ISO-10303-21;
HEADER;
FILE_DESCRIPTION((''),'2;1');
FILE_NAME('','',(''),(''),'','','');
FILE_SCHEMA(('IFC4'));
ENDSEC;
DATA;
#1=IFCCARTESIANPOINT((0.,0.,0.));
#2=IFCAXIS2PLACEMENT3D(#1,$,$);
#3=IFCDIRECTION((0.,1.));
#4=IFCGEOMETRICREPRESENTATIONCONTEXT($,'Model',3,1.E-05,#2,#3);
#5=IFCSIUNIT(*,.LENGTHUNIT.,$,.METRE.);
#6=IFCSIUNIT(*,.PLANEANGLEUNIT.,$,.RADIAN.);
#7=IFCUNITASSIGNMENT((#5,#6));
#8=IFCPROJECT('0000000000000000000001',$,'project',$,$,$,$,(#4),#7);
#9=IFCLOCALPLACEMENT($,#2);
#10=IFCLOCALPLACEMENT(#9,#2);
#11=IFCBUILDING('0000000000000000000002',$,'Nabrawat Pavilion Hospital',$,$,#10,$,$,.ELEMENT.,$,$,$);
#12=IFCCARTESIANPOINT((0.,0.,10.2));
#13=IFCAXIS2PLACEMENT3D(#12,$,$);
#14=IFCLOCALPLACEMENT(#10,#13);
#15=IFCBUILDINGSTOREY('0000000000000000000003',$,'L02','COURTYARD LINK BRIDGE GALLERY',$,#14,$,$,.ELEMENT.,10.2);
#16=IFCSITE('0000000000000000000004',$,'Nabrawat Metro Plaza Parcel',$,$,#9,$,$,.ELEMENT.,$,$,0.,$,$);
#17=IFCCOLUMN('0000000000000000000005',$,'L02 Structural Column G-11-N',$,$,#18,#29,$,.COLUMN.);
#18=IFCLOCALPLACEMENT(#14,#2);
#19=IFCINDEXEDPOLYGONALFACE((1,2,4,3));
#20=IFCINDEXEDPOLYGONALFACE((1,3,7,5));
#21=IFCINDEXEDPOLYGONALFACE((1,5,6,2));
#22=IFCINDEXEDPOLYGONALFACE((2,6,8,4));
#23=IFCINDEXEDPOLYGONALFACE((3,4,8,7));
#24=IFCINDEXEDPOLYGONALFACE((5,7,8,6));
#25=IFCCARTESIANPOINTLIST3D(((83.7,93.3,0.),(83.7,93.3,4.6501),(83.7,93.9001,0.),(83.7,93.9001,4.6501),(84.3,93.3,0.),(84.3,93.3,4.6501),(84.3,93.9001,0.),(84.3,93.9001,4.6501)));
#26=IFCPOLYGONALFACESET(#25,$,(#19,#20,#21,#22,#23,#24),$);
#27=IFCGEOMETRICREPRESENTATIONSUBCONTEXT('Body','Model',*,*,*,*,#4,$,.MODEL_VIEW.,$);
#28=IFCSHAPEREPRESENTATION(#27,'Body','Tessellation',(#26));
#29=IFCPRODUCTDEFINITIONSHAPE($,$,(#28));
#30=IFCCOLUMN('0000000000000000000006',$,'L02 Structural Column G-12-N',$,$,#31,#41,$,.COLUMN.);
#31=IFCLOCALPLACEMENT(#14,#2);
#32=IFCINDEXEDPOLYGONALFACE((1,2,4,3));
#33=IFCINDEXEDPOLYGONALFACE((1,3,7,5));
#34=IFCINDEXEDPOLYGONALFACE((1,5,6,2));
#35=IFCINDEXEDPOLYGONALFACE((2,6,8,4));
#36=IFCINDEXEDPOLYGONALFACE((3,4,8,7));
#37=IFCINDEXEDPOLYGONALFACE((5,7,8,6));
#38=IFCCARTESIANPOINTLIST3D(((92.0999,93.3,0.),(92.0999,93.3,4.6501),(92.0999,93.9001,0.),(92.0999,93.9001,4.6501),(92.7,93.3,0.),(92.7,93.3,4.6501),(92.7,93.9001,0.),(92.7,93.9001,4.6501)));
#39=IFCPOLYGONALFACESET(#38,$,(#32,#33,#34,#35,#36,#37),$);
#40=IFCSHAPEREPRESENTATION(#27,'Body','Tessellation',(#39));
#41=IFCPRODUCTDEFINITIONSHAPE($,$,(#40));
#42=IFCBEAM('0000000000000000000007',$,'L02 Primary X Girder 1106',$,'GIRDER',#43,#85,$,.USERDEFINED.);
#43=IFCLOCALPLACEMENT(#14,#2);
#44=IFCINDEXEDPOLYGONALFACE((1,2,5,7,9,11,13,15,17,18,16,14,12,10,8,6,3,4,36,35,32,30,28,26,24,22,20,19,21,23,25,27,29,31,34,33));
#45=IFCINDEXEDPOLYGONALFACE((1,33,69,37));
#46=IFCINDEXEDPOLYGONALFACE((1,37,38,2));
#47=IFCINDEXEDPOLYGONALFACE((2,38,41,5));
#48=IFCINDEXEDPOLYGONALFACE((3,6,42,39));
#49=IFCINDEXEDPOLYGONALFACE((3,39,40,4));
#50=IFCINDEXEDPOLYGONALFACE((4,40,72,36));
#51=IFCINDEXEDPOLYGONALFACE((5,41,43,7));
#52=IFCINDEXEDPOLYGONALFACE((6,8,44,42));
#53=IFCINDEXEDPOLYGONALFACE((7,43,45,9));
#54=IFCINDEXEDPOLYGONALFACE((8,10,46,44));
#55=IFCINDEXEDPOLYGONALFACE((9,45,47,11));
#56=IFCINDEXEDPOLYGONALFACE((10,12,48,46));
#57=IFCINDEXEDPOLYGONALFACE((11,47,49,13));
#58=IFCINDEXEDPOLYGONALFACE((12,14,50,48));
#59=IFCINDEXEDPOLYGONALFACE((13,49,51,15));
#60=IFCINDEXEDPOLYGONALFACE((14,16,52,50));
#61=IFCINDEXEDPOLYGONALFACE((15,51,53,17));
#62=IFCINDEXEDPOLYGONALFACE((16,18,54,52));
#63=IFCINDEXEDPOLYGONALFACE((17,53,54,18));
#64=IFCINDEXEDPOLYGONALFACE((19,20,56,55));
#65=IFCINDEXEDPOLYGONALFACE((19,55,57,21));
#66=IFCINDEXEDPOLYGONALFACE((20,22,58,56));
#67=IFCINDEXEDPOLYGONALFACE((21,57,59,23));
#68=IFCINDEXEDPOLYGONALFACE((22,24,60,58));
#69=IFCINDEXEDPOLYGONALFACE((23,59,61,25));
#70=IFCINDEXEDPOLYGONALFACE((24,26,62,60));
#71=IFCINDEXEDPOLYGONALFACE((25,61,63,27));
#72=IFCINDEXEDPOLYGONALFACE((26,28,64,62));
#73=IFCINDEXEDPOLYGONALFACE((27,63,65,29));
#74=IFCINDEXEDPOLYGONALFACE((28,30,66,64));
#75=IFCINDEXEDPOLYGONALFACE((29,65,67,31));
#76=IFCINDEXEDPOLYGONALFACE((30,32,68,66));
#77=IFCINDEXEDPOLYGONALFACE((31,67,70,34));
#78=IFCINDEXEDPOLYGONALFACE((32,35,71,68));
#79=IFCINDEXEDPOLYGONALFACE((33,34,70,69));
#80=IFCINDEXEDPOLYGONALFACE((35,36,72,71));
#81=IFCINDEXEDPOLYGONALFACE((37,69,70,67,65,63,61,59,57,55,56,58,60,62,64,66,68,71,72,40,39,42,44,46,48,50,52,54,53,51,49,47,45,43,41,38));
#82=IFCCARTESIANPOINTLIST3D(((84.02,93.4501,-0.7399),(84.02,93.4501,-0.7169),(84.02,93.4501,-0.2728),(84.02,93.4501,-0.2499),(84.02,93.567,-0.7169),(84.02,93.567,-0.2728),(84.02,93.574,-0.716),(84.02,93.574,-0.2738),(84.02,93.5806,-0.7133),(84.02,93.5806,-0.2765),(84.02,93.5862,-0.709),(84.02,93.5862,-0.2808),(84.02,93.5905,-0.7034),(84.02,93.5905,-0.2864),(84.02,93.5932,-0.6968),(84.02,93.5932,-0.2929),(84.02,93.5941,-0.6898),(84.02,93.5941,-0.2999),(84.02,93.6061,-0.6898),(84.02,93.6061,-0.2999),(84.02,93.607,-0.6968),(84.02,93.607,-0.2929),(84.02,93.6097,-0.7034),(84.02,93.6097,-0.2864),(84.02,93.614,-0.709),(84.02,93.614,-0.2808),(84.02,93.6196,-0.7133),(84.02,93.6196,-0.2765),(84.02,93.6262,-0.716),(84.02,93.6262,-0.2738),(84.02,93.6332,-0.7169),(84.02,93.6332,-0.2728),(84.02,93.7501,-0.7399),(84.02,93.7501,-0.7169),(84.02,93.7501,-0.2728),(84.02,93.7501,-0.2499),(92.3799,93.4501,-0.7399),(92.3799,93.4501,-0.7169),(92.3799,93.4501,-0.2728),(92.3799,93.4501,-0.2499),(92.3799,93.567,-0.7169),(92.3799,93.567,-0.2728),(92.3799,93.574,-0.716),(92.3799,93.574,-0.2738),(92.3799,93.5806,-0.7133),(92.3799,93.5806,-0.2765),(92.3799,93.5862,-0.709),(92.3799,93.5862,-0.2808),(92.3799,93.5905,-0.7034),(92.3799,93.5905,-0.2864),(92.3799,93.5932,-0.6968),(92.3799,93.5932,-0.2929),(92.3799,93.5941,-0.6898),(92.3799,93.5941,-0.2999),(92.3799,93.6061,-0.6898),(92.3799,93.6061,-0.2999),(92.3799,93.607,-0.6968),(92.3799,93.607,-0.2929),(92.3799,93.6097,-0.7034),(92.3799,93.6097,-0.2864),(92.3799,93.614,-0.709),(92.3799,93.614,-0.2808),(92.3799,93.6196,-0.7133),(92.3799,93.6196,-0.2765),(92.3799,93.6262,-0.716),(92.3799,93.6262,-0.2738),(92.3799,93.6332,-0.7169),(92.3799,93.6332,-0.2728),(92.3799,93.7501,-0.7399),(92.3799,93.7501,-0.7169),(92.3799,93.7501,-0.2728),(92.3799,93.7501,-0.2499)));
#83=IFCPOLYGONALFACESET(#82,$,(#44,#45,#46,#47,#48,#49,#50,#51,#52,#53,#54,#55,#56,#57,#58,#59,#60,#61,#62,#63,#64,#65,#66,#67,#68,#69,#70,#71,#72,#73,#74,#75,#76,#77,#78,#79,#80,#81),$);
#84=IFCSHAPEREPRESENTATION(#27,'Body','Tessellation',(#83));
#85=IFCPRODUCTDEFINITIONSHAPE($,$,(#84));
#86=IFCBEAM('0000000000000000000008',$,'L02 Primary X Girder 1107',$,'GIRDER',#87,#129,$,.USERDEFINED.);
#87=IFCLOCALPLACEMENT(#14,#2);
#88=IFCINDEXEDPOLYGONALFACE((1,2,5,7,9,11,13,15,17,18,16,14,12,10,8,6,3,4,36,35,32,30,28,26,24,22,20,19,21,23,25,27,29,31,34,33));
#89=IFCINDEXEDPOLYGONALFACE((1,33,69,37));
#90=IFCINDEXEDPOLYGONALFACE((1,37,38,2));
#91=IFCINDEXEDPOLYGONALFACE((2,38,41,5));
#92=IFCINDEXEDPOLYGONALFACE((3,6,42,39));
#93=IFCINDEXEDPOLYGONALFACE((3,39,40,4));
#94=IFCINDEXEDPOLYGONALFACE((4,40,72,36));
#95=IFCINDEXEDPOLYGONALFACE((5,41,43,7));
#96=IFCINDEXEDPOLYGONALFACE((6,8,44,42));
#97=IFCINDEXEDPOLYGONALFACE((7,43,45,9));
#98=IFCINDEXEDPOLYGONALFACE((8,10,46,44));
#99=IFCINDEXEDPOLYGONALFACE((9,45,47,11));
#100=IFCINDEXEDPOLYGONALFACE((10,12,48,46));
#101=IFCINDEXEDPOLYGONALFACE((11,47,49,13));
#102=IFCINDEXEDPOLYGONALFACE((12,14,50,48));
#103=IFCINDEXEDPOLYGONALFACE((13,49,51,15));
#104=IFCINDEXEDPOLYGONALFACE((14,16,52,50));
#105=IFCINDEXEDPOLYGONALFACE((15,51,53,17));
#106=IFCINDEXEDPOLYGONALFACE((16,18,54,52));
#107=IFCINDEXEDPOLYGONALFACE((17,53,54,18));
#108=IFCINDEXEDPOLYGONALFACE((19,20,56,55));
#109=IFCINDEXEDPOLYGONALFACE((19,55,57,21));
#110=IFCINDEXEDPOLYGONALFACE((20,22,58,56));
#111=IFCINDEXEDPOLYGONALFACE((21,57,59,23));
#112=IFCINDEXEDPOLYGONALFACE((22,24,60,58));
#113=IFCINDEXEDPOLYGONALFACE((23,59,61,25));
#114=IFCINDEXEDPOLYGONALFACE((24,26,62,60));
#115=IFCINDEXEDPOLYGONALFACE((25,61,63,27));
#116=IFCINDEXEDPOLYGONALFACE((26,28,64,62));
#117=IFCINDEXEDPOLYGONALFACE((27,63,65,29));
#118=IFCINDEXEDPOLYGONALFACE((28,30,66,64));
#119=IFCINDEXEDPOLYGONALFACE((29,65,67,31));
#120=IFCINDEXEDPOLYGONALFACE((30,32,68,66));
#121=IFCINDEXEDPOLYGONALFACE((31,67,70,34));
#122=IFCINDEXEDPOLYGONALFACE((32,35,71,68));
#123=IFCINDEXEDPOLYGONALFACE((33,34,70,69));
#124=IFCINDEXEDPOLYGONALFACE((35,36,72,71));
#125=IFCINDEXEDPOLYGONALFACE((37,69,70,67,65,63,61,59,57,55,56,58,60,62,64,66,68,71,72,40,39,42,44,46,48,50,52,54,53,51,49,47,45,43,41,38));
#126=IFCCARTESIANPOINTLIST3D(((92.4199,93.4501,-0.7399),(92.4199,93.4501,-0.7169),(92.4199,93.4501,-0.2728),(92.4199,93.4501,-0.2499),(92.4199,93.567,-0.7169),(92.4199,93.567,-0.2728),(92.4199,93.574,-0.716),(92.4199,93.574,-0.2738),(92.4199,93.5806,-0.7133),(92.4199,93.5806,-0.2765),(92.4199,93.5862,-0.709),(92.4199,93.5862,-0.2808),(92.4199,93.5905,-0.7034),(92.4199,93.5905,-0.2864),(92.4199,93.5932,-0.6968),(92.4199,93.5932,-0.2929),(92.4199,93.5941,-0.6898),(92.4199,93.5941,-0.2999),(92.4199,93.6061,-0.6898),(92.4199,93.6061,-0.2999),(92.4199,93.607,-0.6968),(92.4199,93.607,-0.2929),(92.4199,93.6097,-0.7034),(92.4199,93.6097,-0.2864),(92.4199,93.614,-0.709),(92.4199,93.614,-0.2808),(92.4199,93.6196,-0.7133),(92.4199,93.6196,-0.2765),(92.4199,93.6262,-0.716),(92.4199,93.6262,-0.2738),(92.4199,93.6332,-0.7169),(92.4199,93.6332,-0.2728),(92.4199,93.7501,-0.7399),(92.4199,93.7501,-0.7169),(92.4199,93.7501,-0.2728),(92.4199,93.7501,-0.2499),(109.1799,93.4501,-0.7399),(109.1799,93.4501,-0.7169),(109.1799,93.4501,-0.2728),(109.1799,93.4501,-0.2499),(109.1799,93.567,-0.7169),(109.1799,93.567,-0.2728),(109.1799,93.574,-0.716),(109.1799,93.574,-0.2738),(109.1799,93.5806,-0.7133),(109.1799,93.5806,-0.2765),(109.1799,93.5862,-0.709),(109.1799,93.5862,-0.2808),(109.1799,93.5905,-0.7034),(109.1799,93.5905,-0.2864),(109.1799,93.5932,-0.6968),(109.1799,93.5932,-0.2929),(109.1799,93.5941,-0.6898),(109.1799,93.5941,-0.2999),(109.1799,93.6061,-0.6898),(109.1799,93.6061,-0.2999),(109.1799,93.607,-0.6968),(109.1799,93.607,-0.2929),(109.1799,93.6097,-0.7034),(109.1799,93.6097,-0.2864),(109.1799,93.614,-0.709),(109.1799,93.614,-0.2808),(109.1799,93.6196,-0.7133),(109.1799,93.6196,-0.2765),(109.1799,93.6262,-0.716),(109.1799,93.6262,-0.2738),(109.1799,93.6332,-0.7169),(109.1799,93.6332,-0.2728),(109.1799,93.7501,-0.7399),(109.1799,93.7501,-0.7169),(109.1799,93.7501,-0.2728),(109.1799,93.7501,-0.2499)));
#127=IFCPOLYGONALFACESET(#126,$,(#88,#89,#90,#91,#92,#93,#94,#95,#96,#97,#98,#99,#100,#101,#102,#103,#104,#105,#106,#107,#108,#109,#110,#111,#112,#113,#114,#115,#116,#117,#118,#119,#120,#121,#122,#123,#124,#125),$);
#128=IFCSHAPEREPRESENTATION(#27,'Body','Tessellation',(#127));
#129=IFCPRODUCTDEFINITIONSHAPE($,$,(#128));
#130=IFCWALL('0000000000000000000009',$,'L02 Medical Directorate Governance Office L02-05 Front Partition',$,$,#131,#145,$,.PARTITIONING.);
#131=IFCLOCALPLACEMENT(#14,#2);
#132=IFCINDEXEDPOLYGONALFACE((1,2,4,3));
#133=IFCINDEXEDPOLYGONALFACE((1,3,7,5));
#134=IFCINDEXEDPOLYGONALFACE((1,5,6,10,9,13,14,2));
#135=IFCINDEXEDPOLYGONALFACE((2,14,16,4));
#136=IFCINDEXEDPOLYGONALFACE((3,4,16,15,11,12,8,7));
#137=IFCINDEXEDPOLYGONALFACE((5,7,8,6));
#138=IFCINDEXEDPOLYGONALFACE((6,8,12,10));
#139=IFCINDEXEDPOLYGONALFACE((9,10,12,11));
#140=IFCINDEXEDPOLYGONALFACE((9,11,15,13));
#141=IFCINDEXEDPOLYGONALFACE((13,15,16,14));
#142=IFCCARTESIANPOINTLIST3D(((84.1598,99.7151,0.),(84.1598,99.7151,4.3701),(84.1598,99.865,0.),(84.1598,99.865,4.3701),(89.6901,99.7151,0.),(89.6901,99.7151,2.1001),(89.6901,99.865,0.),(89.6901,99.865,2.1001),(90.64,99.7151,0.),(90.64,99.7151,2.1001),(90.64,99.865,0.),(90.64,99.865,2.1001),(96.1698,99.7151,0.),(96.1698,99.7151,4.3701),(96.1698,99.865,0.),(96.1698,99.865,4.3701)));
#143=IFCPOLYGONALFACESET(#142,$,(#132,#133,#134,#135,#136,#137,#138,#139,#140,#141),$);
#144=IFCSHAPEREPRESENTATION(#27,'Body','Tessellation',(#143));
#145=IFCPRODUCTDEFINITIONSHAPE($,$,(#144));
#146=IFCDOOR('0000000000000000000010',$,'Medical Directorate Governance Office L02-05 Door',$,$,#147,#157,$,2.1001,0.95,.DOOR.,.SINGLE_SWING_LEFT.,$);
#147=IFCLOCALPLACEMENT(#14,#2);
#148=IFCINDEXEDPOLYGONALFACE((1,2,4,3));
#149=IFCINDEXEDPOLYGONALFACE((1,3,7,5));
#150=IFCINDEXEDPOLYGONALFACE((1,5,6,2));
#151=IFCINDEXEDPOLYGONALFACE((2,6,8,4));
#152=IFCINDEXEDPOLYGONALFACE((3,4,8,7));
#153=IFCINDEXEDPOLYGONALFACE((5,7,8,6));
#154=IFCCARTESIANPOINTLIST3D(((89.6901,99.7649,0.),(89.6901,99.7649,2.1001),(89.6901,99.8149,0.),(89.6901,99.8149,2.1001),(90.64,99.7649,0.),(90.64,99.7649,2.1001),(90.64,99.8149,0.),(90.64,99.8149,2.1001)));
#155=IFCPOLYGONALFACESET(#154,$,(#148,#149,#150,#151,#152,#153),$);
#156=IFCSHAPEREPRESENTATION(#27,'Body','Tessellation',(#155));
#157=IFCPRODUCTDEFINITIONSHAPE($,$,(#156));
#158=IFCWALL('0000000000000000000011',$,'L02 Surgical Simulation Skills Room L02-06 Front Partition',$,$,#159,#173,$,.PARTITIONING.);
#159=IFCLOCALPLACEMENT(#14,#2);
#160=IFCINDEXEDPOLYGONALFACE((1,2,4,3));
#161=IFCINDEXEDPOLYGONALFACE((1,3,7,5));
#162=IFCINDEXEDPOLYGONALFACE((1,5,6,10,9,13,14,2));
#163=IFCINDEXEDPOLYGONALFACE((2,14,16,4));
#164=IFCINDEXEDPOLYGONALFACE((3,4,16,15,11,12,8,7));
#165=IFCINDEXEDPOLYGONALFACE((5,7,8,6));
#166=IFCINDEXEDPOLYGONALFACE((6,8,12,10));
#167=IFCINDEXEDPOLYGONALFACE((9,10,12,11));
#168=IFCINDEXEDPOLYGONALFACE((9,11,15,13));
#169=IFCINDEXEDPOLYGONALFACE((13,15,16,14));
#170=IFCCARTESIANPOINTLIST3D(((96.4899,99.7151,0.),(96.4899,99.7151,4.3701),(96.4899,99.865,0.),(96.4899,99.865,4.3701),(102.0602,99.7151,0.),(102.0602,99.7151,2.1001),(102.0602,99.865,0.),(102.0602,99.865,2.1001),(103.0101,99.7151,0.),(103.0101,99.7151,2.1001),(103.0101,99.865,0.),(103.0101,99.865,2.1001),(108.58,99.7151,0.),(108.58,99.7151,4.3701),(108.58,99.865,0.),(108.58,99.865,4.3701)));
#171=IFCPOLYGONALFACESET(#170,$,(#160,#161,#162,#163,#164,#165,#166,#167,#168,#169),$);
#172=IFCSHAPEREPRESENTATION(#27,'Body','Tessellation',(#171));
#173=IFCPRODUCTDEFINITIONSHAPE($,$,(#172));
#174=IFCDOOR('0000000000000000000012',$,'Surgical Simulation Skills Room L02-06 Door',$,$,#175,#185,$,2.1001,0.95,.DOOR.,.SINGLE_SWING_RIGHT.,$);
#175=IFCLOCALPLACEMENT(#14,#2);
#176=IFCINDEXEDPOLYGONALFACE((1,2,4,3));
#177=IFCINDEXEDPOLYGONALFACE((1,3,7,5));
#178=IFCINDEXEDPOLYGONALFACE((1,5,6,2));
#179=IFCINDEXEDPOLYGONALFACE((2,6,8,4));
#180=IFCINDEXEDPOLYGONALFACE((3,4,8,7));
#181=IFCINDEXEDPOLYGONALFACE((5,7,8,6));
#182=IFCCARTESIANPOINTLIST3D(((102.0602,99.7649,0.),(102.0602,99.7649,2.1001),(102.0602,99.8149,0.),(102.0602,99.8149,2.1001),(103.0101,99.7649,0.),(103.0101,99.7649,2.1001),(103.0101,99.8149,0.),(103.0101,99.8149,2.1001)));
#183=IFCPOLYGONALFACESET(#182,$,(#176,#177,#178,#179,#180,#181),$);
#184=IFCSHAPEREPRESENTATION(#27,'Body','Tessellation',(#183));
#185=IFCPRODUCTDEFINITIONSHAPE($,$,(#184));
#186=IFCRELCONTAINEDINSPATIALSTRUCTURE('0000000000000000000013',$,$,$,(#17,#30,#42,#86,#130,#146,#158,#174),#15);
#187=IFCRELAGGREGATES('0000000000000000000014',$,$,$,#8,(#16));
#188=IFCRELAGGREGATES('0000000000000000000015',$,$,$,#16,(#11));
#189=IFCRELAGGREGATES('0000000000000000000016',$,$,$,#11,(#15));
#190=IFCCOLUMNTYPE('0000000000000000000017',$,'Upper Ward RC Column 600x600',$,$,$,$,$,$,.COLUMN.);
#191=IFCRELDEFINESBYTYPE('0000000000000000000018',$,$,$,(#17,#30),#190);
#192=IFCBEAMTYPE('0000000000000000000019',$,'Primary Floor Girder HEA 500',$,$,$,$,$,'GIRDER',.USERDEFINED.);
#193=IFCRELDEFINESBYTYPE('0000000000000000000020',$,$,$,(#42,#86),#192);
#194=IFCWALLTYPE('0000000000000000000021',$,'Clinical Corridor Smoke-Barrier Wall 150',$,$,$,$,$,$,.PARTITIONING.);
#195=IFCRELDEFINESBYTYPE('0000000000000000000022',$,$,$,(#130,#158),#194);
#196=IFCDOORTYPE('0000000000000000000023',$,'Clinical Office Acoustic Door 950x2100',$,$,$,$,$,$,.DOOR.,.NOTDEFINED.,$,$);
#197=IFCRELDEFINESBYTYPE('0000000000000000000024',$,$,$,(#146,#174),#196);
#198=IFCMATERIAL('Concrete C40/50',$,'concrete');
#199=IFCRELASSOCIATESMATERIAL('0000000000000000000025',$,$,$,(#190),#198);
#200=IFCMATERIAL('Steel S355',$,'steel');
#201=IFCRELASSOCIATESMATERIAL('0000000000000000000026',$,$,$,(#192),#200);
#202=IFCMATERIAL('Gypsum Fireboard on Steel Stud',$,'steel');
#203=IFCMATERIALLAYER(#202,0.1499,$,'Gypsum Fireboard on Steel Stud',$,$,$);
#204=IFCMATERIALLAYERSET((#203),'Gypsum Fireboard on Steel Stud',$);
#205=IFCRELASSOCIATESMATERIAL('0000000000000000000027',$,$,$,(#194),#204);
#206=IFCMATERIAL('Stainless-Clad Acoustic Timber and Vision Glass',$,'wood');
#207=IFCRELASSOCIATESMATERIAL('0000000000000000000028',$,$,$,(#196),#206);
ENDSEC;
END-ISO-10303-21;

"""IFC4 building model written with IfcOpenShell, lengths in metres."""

from ifc_helpers import new_model, si_unit, direction, frame, frame_2d, origin, origin_2d, place, context, subcontext, project, spatial, rectangle, i_section, extrude, material, layer, layer_set, material_profile, profile_set, type_object, element, fill, save


model = new_model("IFC4")

# Units and contexts
model_context = context("Model", 3, precision=1e-05, world=origin(), true_north=direction((0.0, 1.0)))
body_context = subcontext(model_context, "Body", "Model", "MODEL_VIEW")
ifc_project = project(units=[si_unit("LENGTHUNIT", "METRE"), si_unit("PLANEANGLEUNIT", "RADIAN")], contexts=[model_context])

# Site, building, storey
site_placement = place(None, origin())
site = spatial("IfcSite", under=ifc_project, at=site_placement, Name="Nabrawat Metro Plaza Parcel", CompositionType="ELEMENT", RefElevation=0.0)
building_placement = place(site_placement, origin())
building = spatial("IfcBuilding", under=site, at=building_placement, Name="Nabrawat Pavilion Hospital", CompositionType="ELEMENT")
storey_placement = place(building_placement, frame((0.0, 0.0, 10.2)))
storey = spatial("IfcBuildingStorey", under=building, at=storey_placement, Name="L02", Description="COURTYARD LINK BRIDGE GALLERY", CompositionType="ELEMENT", Elevation=10.2)

# Columns
ifc_material_1 = material(Name="Concrete C40/50", Category="concrete")
ifc_material_profile_1 = material_profile(ifc_material_1, rectangle(XDim=0.6001, YDim=0.6001, at=origin_2d()), Name="RC 600x600")
ifc_profile_set_1 = profile_set([ifc_material_profile_1], Name="Concrete C40/50")
column_type = type_object("IfcColumnType", Name="Upper Ward RC Column 600x600", PredefinedType="COLUMN", material=ifc_profile_set_1)
for number, where, z_axis, x_axis, name in (
    (1, (84.0, 93.6001, 0.0), (0.0, 0.0, 1.0), (1.0, 0.0, 0.0), "L02 Structural Column G-11-N"),
    (2, (92.3999, 93.6001, 0.0), (0.0, 0.0, 1.0), (1.0, 0.0, 0.0), "L02 Structural Column G-12-N"),
):
    element("IfcColumn", number, at=place(storey_placement, frame(where, z_axis=z_axis, x_axis=x_axis)), inside=storey, type_object=column_type, Name=name, PredefinedType="COLUMN", context=body_context, shape_type="SweptSolid", body=[
        extrude(rectangle(XDim=0.6001, YDim=0.6001, at=origin_2d()), origin(), (0.0, 0.0, 1.0), 4.6501),
    ])

# Beams
ifc_material_2 = material(Name="Steel S355", Category="steel")
ifc_material_profile_2 = material_profile(ifc_material_2, i_section(OverallWidth=0.3, OverallDepth=0.49, WebThickness=0.012, FlangeThickness=0.0229, FilletRadius=0.0271, at=origin_2d()), Name="HEA 500")
ifc_profile_set_2 = profile_set([ifc_material_profile_2], Name="Steel S355")
beam_type = type_object("IfcBeamType", Name="Primary Floor Girder HEA 500", ElementType="GIRDER", PredefinedType="USERDEFINED", material=ifc_profile_set_2)
beam_1_placement = place(storey_placement, frame((84.02, 93.6001, -0.4949), z_axis=(1.0, 0.0, 0.0), x_axis=(0.0, 1.0, 0.0)))
element("IfcBeam", 3, at=beam_1_placement, inside=storey, type_object=beam_type, Name="L02 Primary X Girder 1106", ObjectType="GIRDER", PredefinedType="USERDEFINED", context=body_context, shape_type="SweptSolid", body=[
    extrude(i_section(OverallWidth=0.3, OverallDepth=0.49, WebThickness=0.012, FlangeThickness=0.0229, FilletRadius=0.0271, at=origin_2d()), origin(), (0.0, 0.0, 1.0), 8.3599),
])
beam_2_placement = place(storey_placement, frame((92.4199, 93.6001, -0.4949), z_axis=(1.0, 0.0, 0.0), x_axis=(0.0, 1.0, 0.0)))
element("IfcBeam", 4, at=beam_2_placement, inside=storey, type_object=beam_type, Name="L02 Primary X Girder 1107", ObjectType="GIRDER", PredefinedType="USERDEFINED", context=body_context, shape_type="SweptSolid", body=[
    extrude(i_section(OverallWidth=0.3, OverallDepth=0.49, WebThickness=0.012, FlangeThickness=0.0229, FilletRadius=0.0271, at=origin_2d()), origin(), (0.0, 0.0, 1.0), 16.76),
])

# Walls, openings, doors
ifc_material_3 = material(Name="Gypsum Fireboard on Steel Stud", Category="steel")
ifc_layer_1 = layer(ifc_material_3, 0.1499, Name="Gypsum Fireboard on Steel Stud")
ifc_layer_set_1 = layer_set([ifc_layer_1], Name="Gypsum Fireboard on Steel Stud")
wall_type_1 = type_object("IfcWallType", Name="Clinical Corridor Smoke-Barrier Wall 150", PredefinedType="PARTITIONING", material=ifc_layer_set_1)
wall_1_placement = place(storey_placement, frame((84.1599, 99.79, 0.0), z_axis=(0.0, 0.0, 1.0), x_axis=(1.0, 0.0, 0.0)))
wall_1 = element("IfcWall", 5, at=wall_1_placement, inside=storey, type_object=wall_type_1, Name="L02 Medical Directorate Governance Office L02-05 Front Partition", PredefinedType="PARTITIONING", context=body_context, shape_type="SweptSolid", body=[
    extrude(rectangle(XDim=12.01, YDim=0.1499, at=frame_2d((6.0049, 0.0))), origin(), (0.0, 0.0, 1.0), 4.3701),
])
opening_1_placement = place(wall_1_placement, frame((5.53, 0.0, 0.0)))
opening_1 = element("IfcOpeningElement", 6, at=opening_1_placement, cuts=wall_1, PredefinedType="OPENING", context=body_context, shape_type="SweptSolid", body=[
    extrude(rectangle(XDim=0.95, YDim=2.1001, at=frame_2d((0.4751, 1.05))), frame((0.0, 0.085, 0.0), z_axis=(0.0, -1.0, 0.0), x_axis=(1.0, 0.0, 0.0)), (0.0, 0.0, 1.0), 0.1699),
])
ifc_material_4 = material(Name="Stainless-Clad Acoustic Timber and Vision Glass", Category="wood")
door_type_1 = type_object("IfcDoorType", Name="Clinical Office Acoustic Door 950x2100", OperationType="NOTDEFINED", PredefinedType="DOOR", material=ifc_material_4)
door_1_placement = place(opening_1_placement, origin())
door_1 = element("IfcDoor", 7, at=door_1_placement, inside=storey, type_object=door_type_1, Name="Medical Directorate Governance Office L02-05 Door", OperationType="SINGLE_SWING_LEFT", OverallHeight=2.1001, OverallWidth=0.95, PredefinedType="DOOR", context=body_context, shape_type="SweptSolid", body=[
    extrude(rectangle(XDim=0.95, YDim=2.1001, at=frame_2d((0.4751, 1.05))), frame((0.0, 0.0249, 0.0), z_axis=(0.0, -1.0, 0.0), x_axis=(1.0, 0.0, 0.0)), (0.0, 0.0, 1.0), 0.05),
])
fill(opening_1, door_1)
wall_2_placement = place(storey_placement, frame((96.49, 99.79, 0.0), z_axis=(0.0, 0.0, 1.0), x_axis=(1.0, 0.0, 0.0)))
wall_2 = element("IfcWall", 8, at=wall_2_placement, inside=storey, type_object=wall_type_1, Name="L02 Surgical Simulation Skills Room L02-06 Front Partition", PredefinedType="PARTITIONING", context=body_context, shape_type="SweptSolid", body=[
    extrude(rectangle(XDim=12.0901, YDim=0.1499, at=frame_2d((6.0449, 0.0))), origin(), (0.0, 0.0, 1.0), 4.3701),
])
opening_2_placement = place(wall_2_placement, frame((5.5701, 0.0, 0.0)))
opening_2 = element("IfcOpeningElement", 9, at=opening_2_placement, cuts=wall_2, PredefinedType="OPENING", context=body_context, shape_type="SweptSolid", body=[
    extrude(rectangle(XDim=0.95, YDim=2.1001, at=frame_2d((0.4751, 1.05))), frame((0.0, 0.085, 0.0), z_axis=(0.0, -1.0, 0.0), x_axis=(1.0, 0.0, 0.0)), (0.0, 0.0, 1.0), 0.1699),
])
door_2_placement = place(opening_2_placement, origin())
door_2 = element("IfcDoor", 10, at=door_2_placement, inside=storey, type_object=door_type_1, Name="Surgical Simulation Skills Room L02-06 Door", OperationType="SINGLE_SWING_RIGHT", OverallHeight=2.1001, OverallWidth=0.95, PredefinedType="DOOR", context=body_context, shape_type="SweptSolid", body=[
    extrude(rectangle(XDim=0.95, YDim=2.1001, at=frame_2d((0.4751, 1.05))), frame((0.0, 0.0249, 0.0), z_axis=(0.0, -1.0, 0.0), x_axis=(1.0, 0.0, 0.0)), (0.0, 0.0, 1.0), 0.05),
])
fill(opening_2, door_2)

save(model, "model.ifc")
